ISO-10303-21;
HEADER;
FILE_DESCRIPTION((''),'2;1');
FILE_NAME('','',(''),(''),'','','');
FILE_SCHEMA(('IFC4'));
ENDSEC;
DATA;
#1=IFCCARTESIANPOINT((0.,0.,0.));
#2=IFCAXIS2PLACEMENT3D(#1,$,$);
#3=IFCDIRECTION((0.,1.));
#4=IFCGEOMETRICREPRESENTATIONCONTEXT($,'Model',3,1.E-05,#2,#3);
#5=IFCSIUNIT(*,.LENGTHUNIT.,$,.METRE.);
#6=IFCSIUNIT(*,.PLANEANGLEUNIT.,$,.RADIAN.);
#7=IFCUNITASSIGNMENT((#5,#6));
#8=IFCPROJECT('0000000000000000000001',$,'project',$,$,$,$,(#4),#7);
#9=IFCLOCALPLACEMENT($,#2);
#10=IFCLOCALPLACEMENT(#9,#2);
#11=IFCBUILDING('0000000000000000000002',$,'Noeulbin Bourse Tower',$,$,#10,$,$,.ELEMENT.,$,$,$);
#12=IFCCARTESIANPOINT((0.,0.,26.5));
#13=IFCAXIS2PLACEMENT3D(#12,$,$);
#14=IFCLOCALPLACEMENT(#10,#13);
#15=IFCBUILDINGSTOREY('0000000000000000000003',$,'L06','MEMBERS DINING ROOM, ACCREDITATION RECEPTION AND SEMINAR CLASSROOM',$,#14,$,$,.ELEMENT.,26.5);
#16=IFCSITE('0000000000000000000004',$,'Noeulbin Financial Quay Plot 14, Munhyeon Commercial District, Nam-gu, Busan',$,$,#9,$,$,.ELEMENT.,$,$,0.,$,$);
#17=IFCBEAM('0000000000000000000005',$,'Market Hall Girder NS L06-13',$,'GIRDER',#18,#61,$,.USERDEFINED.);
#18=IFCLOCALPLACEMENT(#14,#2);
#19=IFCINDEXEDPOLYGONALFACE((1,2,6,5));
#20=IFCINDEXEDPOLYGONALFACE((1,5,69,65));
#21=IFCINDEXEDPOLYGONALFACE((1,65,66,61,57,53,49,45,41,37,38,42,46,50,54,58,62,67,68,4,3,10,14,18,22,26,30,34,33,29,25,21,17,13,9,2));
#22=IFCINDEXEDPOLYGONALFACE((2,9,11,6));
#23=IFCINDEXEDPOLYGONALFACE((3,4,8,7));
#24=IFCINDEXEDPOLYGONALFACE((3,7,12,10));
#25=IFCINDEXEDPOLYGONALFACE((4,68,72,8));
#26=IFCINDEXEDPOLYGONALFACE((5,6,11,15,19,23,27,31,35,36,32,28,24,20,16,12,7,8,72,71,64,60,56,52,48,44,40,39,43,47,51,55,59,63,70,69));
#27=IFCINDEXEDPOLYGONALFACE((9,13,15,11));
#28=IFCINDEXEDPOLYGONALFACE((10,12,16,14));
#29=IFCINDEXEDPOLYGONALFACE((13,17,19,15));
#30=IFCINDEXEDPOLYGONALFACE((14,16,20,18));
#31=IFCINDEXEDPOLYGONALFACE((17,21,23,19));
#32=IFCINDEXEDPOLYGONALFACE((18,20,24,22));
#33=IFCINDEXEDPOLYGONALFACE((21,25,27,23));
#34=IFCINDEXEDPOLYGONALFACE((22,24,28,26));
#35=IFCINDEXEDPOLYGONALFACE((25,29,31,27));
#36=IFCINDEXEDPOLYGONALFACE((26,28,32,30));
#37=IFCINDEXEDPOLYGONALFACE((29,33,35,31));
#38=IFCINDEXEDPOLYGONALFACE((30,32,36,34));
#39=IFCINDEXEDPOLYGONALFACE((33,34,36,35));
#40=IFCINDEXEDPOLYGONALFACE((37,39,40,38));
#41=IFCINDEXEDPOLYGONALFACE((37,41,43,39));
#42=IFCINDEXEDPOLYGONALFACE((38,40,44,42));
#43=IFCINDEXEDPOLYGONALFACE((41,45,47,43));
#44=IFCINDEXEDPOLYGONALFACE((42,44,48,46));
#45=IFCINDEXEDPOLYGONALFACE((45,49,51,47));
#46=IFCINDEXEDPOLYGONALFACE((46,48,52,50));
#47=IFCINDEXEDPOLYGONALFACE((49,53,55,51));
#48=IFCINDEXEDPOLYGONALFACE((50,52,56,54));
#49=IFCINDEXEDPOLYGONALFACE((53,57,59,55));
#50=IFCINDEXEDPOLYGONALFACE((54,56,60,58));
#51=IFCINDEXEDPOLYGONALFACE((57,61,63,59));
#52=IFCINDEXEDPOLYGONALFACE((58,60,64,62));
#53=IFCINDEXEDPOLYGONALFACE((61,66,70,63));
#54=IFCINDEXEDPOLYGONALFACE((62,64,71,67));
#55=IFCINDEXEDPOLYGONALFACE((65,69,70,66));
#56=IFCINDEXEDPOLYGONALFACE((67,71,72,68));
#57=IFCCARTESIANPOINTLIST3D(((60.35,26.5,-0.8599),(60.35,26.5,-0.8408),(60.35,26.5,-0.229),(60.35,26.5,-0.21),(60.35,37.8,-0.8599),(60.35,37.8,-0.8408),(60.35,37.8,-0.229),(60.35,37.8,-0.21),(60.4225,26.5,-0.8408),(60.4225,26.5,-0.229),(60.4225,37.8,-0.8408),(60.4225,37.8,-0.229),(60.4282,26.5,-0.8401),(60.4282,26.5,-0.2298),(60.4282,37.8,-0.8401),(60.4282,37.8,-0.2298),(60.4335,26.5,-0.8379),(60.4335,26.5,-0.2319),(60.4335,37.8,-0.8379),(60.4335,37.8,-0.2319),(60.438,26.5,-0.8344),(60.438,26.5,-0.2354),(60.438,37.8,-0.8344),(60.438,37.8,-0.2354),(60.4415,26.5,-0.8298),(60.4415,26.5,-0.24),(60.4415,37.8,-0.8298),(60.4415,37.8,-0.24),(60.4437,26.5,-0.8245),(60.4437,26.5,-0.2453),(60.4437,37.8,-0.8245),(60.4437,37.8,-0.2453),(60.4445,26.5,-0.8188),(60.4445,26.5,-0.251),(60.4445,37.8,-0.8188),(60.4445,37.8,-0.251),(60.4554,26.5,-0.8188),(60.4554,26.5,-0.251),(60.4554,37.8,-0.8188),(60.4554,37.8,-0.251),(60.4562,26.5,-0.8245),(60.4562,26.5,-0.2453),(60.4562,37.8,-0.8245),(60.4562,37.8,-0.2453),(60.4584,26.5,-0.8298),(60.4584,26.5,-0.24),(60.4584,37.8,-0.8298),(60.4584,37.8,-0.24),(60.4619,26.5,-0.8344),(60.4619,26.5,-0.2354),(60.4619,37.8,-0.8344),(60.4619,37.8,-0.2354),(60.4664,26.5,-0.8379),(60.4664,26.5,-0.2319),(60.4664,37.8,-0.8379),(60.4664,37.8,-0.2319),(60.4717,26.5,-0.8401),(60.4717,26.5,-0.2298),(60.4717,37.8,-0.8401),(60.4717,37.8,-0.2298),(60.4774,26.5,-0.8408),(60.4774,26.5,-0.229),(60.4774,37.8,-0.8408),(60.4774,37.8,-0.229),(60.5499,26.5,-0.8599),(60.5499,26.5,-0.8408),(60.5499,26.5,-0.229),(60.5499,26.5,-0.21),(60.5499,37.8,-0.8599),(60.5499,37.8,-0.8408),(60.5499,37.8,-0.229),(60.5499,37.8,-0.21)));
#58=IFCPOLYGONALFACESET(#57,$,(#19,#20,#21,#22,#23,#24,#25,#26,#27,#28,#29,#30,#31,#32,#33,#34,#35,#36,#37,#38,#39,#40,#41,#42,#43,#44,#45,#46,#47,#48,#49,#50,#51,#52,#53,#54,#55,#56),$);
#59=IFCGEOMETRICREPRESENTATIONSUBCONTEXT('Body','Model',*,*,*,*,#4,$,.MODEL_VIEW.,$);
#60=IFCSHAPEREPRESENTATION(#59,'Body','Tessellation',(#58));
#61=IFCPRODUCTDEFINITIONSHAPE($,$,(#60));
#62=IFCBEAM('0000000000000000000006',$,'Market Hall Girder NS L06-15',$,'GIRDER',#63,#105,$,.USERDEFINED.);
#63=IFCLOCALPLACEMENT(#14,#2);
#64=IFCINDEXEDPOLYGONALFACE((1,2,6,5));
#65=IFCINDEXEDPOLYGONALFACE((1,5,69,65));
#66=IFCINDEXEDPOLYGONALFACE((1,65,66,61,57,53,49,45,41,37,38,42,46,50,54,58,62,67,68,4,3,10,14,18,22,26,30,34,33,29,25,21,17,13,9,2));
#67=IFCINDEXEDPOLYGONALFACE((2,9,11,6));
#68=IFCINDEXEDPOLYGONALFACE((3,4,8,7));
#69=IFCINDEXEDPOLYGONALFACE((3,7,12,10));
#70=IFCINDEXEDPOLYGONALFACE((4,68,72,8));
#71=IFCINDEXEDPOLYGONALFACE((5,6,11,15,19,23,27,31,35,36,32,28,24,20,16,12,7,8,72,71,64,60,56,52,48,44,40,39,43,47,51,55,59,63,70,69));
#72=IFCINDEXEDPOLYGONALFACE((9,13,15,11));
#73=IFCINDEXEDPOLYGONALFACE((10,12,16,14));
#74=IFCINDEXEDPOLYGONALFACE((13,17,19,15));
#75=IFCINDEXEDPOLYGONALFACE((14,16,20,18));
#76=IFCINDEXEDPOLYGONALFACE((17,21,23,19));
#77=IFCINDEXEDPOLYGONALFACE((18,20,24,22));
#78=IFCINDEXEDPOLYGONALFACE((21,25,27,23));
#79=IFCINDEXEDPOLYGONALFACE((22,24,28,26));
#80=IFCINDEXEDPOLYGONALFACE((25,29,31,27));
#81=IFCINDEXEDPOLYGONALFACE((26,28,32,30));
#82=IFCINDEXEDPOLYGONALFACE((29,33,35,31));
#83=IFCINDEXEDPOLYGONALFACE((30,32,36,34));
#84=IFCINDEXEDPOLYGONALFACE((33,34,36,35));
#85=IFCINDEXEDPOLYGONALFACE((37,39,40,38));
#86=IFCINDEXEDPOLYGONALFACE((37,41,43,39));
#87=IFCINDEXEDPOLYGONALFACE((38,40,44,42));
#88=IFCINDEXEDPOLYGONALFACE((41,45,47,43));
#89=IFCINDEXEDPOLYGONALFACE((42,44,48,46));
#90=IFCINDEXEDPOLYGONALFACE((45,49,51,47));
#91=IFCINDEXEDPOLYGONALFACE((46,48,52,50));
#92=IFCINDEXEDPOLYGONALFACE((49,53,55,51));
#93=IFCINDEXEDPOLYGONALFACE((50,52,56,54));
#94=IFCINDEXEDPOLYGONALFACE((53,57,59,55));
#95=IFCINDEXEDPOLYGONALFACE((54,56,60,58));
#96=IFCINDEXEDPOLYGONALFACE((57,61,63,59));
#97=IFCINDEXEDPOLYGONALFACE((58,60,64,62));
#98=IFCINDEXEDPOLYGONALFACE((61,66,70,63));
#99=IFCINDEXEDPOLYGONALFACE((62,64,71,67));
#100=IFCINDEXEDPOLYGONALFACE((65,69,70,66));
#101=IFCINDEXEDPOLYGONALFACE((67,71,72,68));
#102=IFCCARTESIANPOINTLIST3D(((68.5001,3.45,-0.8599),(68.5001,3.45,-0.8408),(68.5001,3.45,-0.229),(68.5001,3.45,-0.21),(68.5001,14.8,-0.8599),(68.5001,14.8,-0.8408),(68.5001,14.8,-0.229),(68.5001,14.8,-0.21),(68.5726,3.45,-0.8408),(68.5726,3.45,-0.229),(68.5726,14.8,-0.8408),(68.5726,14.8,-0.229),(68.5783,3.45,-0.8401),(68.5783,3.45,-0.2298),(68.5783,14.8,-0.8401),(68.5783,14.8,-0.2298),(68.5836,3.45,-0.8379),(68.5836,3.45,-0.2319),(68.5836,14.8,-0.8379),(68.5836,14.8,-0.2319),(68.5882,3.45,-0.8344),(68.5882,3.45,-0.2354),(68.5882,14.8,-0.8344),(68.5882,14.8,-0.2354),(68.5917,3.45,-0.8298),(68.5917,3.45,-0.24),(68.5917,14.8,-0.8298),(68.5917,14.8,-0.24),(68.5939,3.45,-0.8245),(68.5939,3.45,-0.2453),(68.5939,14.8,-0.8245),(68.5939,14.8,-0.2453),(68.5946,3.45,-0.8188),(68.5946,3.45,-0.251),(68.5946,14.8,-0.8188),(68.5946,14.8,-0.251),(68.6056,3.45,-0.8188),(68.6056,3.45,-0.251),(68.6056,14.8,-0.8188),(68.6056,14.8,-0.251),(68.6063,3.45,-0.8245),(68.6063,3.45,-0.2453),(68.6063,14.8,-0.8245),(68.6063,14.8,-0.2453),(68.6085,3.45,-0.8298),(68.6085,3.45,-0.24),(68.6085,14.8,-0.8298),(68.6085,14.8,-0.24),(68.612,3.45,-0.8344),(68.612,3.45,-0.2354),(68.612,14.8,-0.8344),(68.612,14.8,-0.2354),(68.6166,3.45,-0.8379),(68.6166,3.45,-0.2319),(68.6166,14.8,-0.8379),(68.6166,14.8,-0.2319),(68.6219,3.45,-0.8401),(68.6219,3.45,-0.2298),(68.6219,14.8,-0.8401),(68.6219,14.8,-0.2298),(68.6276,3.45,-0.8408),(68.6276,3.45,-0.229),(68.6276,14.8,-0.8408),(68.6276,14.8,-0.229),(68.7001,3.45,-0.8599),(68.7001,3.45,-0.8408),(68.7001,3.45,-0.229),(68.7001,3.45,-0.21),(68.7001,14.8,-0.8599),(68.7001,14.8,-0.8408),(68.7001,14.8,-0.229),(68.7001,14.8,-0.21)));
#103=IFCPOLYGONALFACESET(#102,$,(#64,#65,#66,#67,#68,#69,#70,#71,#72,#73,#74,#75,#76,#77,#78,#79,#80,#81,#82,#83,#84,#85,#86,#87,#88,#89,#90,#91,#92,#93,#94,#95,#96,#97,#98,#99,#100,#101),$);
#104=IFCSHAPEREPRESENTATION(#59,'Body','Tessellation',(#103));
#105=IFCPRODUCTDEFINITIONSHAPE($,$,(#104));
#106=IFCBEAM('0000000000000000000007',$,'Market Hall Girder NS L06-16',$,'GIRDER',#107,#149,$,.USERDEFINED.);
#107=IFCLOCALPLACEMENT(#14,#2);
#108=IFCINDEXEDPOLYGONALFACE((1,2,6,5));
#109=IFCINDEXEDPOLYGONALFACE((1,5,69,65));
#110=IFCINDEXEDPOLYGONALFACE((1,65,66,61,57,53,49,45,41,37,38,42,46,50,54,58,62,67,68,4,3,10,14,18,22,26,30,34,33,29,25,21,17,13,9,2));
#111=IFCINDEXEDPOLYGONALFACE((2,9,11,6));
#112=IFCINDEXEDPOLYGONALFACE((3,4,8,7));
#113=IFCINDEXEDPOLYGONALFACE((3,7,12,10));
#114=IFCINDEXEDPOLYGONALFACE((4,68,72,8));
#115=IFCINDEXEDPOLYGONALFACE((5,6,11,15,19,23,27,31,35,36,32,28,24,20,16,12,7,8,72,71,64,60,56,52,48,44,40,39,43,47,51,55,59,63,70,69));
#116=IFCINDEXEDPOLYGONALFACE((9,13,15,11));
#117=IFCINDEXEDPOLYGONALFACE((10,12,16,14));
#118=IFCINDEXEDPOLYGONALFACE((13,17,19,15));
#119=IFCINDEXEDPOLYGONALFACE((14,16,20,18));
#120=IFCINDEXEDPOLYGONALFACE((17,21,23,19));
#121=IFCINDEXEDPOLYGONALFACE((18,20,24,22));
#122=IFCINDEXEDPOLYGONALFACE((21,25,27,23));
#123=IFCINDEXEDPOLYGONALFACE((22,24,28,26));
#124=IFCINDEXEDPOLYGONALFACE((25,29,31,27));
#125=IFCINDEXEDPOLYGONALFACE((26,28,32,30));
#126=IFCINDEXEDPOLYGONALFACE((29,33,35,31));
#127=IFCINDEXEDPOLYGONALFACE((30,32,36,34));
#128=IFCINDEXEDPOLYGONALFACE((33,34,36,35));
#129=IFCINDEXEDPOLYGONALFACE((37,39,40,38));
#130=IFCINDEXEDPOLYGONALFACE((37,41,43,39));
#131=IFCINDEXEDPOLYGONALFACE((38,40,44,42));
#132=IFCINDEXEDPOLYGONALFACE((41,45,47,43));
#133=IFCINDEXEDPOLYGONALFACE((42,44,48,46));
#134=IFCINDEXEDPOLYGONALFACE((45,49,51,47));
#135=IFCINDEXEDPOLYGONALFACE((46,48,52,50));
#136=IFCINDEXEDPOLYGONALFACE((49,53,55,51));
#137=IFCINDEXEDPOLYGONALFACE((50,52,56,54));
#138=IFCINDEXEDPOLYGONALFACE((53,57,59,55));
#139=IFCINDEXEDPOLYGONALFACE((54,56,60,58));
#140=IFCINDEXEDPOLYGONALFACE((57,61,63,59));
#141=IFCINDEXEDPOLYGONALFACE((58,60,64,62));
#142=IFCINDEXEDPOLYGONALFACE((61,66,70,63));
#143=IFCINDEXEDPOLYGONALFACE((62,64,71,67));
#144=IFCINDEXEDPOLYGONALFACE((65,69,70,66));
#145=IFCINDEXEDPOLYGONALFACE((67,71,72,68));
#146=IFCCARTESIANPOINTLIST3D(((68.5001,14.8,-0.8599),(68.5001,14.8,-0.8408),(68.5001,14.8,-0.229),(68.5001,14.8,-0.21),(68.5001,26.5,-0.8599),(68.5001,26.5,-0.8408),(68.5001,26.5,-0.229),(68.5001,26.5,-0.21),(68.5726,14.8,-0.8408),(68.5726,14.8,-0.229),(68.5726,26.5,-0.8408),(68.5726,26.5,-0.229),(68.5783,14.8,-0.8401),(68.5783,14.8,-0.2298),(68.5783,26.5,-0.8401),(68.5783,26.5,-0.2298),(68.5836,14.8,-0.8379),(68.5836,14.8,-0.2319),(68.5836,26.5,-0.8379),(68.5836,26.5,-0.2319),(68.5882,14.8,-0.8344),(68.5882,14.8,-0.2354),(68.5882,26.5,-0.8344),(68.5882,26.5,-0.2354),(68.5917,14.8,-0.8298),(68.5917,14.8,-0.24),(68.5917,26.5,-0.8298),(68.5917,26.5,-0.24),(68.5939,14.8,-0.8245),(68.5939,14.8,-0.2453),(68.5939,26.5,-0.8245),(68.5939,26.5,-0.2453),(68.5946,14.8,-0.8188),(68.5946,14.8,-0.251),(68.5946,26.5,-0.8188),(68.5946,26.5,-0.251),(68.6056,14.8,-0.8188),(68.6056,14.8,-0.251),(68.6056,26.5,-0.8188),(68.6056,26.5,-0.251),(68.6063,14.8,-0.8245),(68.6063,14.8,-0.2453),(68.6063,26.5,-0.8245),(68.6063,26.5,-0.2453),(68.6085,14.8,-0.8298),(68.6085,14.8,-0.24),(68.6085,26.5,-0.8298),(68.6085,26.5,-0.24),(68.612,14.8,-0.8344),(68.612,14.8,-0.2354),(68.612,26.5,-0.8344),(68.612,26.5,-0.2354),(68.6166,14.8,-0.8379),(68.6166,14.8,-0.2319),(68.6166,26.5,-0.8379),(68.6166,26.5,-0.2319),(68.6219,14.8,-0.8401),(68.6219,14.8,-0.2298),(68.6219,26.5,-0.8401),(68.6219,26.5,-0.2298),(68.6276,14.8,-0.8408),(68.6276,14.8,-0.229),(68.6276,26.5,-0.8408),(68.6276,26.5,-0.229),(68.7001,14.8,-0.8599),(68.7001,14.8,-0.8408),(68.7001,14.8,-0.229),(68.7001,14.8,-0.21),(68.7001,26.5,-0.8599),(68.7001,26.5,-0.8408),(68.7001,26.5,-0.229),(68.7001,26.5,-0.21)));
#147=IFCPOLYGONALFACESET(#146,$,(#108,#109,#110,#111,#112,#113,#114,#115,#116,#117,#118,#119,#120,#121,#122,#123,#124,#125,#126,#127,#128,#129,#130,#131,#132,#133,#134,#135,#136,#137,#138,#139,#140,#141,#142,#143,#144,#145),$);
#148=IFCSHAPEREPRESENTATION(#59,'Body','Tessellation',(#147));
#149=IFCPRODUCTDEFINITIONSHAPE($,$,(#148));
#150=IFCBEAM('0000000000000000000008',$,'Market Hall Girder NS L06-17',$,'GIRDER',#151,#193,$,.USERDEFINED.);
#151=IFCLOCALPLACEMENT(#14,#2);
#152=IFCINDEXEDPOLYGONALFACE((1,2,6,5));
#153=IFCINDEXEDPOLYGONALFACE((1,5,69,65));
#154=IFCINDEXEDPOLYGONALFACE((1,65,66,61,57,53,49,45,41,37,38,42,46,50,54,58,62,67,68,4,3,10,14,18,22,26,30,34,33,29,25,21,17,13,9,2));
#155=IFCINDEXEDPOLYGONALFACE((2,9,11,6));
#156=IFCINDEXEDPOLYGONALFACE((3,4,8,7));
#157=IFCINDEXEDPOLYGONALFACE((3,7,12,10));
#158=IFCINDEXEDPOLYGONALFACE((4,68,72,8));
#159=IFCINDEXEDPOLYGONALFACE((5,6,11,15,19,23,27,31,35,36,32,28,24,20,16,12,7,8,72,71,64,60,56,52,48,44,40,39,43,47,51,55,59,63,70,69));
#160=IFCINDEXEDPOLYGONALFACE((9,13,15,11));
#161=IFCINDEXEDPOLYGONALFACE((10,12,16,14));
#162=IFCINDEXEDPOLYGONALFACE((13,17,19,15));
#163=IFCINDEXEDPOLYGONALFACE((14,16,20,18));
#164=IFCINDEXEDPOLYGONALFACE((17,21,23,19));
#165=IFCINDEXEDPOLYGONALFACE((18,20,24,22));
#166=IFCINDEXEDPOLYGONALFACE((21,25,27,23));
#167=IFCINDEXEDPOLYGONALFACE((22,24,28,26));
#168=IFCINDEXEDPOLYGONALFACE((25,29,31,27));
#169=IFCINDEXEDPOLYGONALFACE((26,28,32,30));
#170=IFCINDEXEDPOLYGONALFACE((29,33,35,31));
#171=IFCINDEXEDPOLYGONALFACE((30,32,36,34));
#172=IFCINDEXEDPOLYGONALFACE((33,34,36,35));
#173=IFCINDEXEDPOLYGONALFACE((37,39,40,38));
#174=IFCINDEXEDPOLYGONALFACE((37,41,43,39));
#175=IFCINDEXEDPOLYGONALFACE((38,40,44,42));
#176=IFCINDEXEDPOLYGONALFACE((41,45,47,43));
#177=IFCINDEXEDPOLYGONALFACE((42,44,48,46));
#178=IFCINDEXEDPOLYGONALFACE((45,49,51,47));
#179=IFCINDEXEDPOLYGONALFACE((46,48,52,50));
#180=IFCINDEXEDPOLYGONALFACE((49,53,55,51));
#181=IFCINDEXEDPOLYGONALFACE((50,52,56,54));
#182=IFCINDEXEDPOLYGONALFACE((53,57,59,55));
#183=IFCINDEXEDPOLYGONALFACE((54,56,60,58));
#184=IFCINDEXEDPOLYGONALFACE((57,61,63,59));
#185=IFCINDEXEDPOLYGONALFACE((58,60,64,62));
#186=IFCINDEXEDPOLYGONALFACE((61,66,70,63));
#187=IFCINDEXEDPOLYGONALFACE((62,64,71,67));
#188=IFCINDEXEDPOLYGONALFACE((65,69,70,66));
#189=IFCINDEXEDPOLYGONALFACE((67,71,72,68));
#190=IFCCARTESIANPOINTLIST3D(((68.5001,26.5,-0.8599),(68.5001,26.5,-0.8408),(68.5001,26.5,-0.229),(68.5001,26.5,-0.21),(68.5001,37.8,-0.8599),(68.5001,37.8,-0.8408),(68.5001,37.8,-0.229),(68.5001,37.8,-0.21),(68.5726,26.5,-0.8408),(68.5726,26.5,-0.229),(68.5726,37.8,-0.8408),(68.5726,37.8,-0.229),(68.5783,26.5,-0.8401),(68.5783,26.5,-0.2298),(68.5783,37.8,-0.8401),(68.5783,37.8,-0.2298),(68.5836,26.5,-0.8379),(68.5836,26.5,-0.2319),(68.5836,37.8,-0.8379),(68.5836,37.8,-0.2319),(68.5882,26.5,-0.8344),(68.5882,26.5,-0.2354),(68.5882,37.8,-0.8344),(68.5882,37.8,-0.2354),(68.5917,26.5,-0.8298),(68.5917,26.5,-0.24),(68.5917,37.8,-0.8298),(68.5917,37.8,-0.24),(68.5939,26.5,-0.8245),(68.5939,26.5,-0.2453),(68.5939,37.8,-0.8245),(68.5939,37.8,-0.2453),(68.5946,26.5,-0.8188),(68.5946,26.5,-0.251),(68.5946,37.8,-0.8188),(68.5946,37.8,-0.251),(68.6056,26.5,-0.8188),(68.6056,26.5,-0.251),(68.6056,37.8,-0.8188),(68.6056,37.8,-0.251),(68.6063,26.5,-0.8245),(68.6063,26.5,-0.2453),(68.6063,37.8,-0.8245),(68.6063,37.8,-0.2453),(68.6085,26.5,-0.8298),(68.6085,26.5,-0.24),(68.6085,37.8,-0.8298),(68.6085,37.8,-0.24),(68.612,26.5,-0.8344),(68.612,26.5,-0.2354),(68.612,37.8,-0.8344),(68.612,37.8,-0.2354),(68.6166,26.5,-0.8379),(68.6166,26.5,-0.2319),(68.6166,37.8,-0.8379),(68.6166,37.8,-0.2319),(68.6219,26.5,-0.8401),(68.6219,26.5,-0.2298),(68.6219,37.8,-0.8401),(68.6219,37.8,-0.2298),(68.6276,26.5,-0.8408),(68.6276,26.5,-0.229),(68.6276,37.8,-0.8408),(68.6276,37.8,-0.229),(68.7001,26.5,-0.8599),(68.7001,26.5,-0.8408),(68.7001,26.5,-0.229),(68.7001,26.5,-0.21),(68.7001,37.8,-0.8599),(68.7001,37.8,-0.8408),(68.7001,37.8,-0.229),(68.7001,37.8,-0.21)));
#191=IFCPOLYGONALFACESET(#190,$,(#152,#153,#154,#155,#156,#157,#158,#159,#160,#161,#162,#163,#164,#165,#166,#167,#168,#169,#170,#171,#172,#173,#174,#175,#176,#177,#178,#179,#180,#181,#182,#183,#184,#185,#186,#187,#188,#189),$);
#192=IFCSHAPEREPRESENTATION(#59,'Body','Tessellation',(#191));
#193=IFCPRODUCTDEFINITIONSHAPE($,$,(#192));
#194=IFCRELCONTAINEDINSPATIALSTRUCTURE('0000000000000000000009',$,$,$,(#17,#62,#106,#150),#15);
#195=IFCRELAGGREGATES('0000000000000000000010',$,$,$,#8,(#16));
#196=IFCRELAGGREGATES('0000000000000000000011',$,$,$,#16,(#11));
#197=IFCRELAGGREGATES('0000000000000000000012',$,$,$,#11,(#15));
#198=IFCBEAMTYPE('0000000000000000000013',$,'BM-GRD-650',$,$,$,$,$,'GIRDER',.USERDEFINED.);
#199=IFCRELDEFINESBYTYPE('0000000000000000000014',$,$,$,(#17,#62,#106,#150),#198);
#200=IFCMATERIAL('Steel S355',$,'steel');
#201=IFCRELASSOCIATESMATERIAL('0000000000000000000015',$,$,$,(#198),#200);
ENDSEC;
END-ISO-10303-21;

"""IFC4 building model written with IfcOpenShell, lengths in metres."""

from ifc_helpers import new_model, si_unit, direction, frame, origin, origin_2d, place, context, subcontext, project, spatial, i_section, extrude, material, material_profile, profile_set, type_object, element, save


model = new_model("IFC4")

# Units and contexts
model_context = context("Model", 3, precision=1e-05, world=origin(), true_north=direction((0.0, 1.0)))
body_context = subcontext(model_context, "Body", "Model", "MODEL_VIEW")
ifc_project = project(units=[si_unit("LENGTHUNIT", "METRE"), si_unit("PLANEANGLEUNIT", "RADIAN")], contexts=[model_context])

# Site, building, storey
site_placement = place(None, origin())
site = spatial("IfcSite", under=ifc_project, at=site_placement, Name="Noeulbin Financial Quay Plot 14, Munhyeon Commercial District, Nam-gu, Busan", CompositionType="ELEMENT", RefElevation=0.0)
building_placement = place(site_placement, origin())
building = spatial("IfcBuilding", under=site, at=building_placement, Name="Noeulbin Bourse Tower", CompositionType="ELEMENT")
storey_placement = place(building_placement, frame((0.0, 0.0, 26.5)))
storey = spatial("IfcBuildingStorey", under=building, at=storey_placement, Name="L06", Description="MEMBERS DINING ROOM, ACCREDITATION RECEPTION AND SEMINAR CLASSROOM", CompositionType="ELEMENT", Elevation=26.5)

# Beams
ifc_material_1 = material(Name="Steel S355", Category="steel")
ifc_material_profile_1 = material_profile(ifc_material_1, i_section(OverallWidth=0.2, OverallDepth=0.6499, WebThickness=0.011, FlangeThickness=0.019, FilletRadius=0.022, at=origin_2d()), Name="H-650x200x11x19", Category="LoadBearing")
ifc_profile_set_1 = profile_set([ifc_material_profile_1], Name="Steel S355")
beam_type_1 = type_object("IfcBeamType", Name="BM-GRD-650", ElementType="GIRDER", PredefinedType="USERDEFINED", material=ifc_profile_set_1)
beam_1_placement = place(storey_placement, frame((60.45, 26.5, -0.5349), z_axis=(0.0, 1.0, 0.0), x_axis=(-1.0, 0.0, 0.0)))
element("IfcBeam", 1, at=beam_1_placement, inside=storey, type_object=beam_type_1, Name="Market Hall Girder NS L06-13", ObjectType="GIRDER", PredefinedType="USERDEFINED", context=body_context, shape_type="SweptSolid", body=[
    extrude(i_section(OverallWidth=0.2, OverallDepth=0.6499, WebThickness=0.011, FlangeThickness=0.019, FilletRadius=0.022, at=origin_2d()), origin(), (0.0, 0.0, 1.0), 11.3),
])
beam_2_placement = place(storey_placement, frame((68.6001, 3.45, -0.5349), z_axis=(0.0, 1.0, 0.0), x_axis=(-1.0, 0.0, 0.0)))
element("IfcBeam", 2, at=beam_2_placement, inside=storey, type_object=beam_type_1, Name="Market Hall Girder NS L06-15", ObjectType="GIRDER", PredefinedType="USERDEFINED", context=body_context, shape_type="SweptSolid", body=[
    extrude(i_section(OverallWidth=0.2, OverallDepth=0.6499, WebThickness=0.011, FlangeThickness=0.019, FilletRadius=0.022, at=origin_2d()), origin(), (0.0, 0.0, 1.0), 11.3501),
])
beam_3_placement = place(storey_placement, frame((68.6001, 14.8, -0.5349), z_axis=(0.0, 1.0, 0.0), x_axis=(-1.0, 0.0, 0.0)))
element("IfcBeam", 3, at=beam_3_placement, inside=storey, type_object=beam_type_1, Name="Market Hall Girder NS L06-16", ObjectType="GIRDER", PredefinedType="USERDEFINED", context=body_context, shape_type="SweptSolid", body=[
    extrude(i_section(OverallWidth=0.2, OverallDepth=0.6499, WebThickness=0.011, FlangeThickness=0.019, FilletRadius=0.022, at=origin_2d()), origin(), (0.0, 0.0, 1.0), 11.7),
])
beam_4_placement = place(storey_placement, frame((68.6001, 26.5, -0.5349), z_axis=(0.0, 1.0, 0.0), x_axis=(-1.0, 0.0, 0.0)))
element("IfcBeam", 4, at=beam_4_placement, inside=storey, type_object=beam_type_1, Name="Market Hall Girder NS L06-17", ObjectType="GIRDER", PredefinedType="USERDEFINED", context=body_context, shape_type="SweptSolid", body=[
    extrude(i_section(OverallWidth=0.2, OverallDepth=0.6499, WebThickness=0.011, FlangeThickness=0.019, FilletRadius=0.022, at=origin_2d()), origin(), (0.0, 0.0, 1.0), 11.3),
])

save(model, "model.ifc")
